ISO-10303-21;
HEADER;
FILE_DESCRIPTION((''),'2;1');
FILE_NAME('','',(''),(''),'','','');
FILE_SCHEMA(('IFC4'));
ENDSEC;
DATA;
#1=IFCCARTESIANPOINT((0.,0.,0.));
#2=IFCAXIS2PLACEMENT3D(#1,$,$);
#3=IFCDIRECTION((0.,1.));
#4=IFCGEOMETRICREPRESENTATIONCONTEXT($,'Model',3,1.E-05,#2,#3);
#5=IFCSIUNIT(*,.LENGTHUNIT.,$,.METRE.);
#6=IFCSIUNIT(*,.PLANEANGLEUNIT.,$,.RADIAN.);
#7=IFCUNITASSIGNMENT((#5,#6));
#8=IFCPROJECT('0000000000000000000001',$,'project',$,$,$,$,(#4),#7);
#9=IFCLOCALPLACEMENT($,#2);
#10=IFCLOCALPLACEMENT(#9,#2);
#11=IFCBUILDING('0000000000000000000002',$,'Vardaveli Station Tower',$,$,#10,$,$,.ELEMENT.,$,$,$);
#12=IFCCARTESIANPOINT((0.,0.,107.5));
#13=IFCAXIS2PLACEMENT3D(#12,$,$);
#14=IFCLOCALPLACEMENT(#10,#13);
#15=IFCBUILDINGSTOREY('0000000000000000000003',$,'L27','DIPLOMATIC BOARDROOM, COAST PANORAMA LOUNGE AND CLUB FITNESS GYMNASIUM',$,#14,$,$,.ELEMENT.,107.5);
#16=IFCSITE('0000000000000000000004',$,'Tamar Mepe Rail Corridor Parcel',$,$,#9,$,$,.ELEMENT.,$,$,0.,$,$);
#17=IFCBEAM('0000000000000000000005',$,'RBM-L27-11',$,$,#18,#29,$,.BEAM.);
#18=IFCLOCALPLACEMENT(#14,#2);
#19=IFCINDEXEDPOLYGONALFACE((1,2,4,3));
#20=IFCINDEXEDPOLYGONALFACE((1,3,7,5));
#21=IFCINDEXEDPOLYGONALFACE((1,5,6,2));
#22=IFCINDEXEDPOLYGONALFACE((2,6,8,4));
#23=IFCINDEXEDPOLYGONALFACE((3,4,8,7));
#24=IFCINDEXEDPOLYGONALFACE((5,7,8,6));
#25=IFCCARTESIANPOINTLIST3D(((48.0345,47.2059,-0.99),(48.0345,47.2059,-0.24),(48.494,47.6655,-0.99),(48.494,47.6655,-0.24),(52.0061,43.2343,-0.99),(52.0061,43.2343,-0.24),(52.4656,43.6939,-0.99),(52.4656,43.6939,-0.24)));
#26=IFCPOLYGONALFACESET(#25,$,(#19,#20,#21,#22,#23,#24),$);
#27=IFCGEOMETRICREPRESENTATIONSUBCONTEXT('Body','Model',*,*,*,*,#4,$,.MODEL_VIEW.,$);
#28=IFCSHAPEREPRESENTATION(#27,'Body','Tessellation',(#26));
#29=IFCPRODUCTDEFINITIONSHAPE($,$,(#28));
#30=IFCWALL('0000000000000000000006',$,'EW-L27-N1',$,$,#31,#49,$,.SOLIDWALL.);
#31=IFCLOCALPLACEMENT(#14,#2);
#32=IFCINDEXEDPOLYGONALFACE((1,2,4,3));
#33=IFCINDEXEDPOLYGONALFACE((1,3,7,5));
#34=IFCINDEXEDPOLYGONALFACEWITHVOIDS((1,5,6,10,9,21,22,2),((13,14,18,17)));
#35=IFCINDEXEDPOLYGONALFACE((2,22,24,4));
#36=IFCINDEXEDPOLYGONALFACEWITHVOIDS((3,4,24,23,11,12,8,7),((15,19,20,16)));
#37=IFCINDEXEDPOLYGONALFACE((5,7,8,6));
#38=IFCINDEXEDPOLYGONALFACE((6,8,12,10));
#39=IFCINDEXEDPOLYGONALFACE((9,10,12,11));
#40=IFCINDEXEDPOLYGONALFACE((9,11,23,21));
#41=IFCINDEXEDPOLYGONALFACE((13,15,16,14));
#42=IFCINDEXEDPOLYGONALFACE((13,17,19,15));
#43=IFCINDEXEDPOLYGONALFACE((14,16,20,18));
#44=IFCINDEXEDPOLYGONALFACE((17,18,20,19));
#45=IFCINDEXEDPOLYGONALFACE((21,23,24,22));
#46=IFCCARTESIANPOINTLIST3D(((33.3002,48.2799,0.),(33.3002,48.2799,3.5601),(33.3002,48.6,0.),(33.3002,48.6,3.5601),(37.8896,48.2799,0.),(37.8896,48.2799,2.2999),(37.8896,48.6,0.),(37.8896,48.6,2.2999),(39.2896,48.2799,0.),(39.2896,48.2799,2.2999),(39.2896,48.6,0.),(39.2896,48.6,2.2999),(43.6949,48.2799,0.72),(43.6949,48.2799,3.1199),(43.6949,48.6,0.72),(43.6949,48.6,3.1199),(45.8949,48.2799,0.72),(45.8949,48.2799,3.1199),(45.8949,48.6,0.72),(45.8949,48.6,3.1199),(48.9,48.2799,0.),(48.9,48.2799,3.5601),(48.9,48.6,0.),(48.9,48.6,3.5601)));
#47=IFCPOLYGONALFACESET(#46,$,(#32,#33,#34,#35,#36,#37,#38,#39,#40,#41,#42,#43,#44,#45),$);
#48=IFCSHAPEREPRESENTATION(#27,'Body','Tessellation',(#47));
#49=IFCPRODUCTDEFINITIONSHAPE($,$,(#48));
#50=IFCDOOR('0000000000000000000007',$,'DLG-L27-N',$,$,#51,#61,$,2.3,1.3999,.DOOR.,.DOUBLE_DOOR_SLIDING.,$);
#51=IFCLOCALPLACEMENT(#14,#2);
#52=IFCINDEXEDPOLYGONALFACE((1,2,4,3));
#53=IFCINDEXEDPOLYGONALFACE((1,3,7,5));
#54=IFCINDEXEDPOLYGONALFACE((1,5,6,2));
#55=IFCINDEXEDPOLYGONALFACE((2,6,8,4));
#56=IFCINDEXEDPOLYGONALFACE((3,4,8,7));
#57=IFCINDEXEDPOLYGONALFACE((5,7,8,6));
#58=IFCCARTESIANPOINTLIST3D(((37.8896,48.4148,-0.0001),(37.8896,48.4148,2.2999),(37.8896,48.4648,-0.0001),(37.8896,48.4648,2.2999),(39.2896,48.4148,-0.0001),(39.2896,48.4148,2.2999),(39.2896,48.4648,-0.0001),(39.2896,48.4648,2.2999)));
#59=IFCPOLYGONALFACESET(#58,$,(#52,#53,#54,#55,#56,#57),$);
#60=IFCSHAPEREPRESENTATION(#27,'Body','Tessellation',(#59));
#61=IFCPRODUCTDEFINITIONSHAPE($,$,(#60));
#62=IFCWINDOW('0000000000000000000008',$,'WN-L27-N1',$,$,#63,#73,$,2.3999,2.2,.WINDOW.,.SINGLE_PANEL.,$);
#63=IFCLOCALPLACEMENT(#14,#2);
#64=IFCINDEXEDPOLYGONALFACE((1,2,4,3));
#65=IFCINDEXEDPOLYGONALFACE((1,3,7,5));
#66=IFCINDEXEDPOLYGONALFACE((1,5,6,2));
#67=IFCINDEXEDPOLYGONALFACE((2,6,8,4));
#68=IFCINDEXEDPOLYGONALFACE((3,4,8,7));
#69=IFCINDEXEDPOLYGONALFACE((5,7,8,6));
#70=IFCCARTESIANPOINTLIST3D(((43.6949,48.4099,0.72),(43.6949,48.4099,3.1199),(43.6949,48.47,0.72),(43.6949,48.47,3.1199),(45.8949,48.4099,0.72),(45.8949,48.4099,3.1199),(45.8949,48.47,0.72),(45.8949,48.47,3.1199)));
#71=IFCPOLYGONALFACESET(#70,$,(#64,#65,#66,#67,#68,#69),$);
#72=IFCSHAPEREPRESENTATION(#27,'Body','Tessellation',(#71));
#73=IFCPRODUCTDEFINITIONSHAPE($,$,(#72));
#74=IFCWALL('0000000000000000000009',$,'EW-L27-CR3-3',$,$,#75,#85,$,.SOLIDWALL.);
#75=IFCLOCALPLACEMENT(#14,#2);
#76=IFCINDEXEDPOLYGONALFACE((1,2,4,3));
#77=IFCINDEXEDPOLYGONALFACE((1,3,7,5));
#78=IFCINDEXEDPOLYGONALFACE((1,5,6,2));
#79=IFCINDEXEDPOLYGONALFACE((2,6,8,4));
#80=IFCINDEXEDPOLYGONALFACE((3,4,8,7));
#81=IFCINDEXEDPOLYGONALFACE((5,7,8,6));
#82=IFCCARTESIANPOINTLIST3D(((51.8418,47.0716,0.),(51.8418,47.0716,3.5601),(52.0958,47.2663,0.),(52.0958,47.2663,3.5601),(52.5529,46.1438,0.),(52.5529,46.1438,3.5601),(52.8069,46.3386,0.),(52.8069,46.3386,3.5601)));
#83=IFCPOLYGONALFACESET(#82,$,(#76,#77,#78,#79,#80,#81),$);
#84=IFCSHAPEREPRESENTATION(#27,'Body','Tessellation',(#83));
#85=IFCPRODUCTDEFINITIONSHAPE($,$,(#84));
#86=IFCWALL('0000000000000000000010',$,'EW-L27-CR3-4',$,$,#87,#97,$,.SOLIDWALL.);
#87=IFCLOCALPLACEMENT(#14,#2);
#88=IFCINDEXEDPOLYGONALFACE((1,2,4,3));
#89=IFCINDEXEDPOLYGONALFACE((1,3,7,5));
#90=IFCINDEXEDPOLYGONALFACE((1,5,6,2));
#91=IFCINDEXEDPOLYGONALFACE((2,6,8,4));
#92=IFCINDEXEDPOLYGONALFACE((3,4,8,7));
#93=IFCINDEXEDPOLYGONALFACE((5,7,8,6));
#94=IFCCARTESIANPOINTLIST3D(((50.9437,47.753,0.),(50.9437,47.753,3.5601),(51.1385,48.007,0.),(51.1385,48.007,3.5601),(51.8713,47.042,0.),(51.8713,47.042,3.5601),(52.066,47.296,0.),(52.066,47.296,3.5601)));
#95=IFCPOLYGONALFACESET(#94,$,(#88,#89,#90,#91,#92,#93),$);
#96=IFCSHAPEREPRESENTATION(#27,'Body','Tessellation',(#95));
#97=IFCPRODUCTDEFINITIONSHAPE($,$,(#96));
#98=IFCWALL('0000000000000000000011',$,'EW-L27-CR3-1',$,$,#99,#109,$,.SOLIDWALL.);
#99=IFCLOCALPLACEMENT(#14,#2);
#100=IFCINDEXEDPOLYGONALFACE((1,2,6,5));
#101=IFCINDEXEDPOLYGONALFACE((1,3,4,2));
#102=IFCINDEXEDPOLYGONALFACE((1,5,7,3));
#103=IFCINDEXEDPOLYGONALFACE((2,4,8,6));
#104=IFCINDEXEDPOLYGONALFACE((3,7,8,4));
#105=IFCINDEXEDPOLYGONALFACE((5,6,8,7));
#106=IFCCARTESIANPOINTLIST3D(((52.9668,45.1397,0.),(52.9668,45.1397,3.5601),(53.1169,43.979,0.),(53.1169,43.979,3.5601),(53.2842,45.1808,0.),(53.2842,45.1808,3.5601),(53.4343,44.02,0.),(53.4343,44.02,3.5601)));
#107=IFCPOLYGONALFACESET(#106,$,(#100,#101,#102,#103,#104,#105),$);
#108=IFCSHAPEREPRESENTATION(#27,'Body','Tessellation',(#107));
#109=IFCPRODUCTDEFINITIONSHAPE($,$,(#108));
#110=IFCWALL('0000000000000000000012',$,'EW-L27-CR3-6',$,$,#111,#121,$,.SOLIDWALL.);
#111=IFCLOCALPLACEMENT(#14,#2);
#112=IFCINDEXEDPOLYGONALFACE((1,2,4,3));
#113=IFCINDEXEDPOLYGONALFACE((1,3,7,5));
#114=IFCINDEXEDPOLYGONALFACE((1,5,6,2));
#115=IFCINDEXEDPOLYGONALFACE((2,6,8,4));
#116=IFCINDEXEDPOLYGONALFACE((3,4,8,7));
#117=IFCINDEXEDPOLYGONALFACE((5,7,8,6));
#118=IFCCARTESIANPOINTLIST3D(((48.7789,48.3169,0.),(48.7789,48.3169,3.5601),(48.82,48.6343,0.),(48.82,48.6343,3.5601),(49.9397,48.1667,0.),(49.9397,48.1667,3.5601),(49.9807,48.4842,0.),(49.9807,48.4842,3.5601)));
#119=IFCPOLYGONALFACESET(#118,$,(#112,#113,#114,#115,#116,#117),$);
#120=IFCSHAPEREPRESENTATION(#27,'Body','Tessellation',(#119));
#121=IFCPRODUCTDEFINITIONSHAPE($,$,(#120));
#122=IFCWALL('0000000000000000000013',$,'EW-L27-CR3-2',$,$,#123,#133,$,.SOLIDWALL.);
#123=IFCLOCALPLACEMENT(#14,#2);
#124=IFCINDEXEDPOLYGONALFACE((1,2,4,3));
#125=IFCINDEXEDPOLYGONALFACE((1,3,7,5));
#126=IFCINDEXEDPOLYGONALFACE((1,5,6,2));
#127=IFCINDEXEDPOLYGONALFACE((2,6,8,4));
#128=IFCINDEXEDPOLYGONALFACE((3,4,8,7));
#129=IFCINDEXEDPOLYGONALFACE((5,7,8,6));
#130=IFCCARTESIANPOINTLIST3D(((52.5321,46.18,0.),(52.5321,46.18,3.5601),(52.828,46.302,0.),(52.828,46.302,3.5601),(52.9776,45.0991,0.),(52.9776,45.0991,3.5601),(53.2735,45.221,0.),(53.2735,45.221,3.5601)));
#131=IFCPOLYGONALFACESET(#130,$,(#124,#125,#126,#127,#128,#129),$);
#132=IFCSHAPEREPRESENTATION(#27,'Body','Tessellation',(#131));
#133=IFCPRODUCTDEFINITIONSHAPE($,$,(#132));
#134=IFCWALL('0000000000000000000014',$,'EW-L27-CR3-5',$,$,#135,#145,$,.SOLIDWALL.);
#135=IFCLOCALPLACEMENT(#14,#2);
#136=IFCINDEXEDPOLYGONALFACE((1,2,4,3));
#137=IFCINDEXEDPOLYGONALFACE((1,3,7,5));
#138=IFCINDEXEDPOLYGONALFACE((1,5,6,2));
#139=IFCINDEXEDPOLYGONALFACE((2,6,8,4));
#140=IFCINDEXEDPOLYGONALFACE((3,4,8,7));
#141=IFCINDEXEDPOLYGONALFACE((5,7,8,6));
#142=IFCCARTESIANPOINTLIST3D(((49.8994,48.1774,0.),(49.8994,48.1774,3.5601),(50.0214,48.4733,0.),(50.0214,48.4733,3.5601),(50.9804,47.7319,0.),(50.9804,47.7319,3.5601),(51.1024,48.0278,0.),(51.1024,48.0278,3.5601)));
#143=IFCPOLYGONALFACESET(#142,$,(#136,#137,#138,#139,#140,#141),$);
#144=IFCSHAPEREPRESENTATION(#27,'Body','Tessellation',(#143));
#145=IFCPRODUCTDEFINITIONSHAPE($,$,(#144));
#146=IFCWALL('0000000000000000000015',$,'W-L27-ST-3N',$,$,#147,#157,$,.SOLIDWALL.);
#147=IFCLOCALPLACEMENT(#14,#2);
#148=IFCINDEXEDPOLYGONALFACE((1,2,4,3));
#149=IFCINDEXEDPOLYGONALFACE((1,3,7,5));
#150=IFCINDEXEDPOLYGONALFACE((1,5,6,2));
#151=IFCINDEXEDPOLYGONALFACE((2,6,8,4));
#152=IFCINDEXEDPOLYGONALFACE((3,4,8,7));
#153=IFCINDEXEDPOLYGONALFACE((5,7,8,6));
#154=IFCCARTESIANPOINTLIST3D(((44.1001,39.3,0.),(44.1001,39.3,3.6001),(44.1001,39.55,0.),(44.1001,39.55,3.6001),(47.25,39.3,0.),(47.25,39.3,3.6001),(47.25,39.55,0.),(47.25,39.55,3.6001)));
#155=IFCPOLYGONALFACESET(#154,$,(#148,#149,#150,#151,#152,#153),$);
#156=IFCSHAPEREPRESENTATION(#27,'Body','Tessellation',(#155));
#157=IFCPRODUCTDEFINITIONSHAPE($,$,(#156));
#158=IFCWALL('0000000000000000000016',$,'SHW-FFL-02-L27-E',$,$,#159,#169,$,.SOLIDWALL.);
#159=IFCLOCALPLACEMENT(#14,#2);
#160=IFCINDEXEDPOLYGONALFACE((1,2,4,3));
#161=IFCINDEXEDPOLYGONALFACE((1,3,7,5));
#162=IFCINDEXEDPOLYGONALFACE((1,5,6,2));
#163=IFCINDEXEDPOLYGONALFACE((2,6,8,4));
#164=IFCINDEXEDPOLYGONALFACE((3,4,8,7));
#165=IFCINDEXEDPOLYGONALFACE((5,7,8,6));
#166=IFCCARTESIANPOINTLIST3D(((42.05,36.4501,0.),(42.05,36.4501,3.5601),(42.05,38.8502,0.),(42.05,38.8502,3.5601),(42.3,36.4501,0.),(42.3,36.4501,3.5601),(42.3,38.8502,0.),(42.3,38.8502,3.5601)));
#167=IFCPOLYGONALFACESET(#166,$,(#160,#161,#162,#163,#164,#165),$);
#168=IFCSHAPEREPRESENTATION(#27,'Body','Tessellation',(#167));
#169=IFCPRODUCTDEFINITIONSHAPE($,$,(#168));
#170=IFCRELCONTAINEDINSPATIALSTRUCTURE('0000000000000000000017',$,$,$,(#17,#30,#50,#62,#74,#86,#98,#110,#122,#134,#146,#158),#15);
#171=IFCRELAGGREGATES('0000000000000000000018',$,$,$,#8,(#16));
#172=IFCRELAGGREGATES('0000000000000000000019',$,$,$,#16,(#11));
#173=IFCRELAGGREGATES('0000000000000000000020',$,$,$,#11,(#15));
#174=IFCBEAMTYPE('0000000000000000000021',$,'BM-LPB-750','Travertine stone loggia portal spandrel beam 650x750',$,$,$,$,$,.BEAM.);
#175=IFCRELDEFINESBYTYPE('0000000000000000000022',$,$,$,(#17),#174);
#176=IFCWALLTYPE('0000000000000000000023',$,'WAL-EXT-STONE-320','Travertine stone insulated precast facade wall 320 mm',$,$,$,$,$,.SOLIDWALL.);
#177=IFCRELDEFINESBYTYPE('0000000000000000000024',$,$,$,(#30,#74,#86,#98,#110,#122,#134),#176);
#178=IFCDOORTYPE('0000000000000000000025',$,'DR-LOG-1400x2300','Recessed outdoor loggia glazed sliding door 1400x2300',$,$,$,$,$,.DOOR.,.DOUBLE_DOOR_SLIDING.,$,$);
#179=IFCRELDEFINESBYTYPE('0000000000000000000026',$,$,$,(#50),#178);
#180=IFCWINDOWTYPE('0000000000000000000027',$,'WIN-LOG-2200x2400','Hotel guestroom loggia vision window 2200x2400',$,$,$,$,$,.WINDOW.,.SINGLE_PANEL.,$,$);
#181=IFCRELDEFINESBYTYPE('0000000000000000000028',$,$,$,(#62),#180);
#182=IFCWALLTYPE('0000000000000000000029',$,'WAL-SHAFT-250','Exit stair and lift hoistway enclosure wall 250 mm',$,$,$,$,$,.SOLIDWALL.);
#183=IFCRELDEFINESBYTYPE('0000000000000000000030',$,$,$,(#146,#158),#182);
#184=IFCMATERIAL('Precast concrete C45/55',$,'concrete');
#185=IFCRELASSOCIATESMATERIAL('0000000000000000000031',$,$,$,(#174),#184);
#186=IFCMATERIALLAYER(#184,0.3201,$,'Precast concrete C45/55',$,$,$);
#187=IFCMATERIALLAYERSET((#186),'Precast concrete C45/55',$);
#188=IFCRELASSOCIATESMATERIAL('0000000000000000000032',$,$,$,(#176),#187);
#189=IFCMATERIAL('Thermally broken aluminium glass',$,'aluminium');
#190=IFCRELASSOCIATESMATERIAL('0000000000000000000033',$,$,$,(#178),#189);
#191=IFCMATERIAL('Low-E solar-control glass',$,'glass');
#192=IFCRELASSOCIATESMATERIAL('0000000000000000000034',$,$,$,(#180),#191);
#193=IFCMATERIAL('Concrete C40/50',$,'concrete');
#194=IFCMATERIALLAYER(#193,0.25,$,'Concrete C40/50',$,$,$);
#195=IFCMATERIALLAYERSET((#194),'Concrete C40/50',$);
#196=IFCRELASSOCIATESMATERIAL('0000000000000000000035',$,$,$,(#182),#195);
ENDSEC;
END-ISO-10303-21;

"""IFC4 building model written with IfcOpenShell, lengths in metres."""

from ifc_helpers import new_model, si_unit, direction, frame, frame_2d, origin, origin_2d, place, context, subcontext, project, spatial, rectangle, extrude, source, transform, mapped, material, layer, layer_set, material_profile, profile_set, type_object, element, fill, save


model = new_model("IFC4")

# Units and contexts
model_context = context("Model", 3, precision=1e-05, world=origin(), true_north=direction((0.0, 1.0)))
body_context = subcontext(model_context, "Body", "Model", "MODEL_VIEW")
ifc_project = project(units=[si_unit("LENGTHUNIT", "METRE"), si_unit("PLANEANGLEUNIT", "RADIAN")], contexts=[model_context])

# Site, building, storey
site_placement = place(None, origin())
site = spatial("IfcSite", under=ifc_project, at=site_placement, Name="Tamar Mepe Rail Corridor Parcel", CompositionType="ELEMENT", RefElevation=0.0)
building_placement = place(site_placement, origin())
building = spatial("IfcBuilding", under=site, at=building_placement, Name="Vardaveli Station Tower", CompositionType="ELEMENT")
storey_placement = place(building_placement, frame((0.0, 0.0, 107.5)))
storey = spatial("IfcBuildingStorey", under=building, at=storey_placement, Name="L27", Description="DIPLOMATIC BOARDROOM, COAST PANORAMA LOUNGE AND CLUB FITNESS GYMNASIUM", CompositionType="ELEMENT", Elevation=107.5)

# Beam
ifc_material_1 = material(Name="Precast concrete C45/55", Category="concrete")
ifc_material_profile_1 = material_profile(ifc_material_1, rectangle(XDim=0.6499, YDim=0.75, at=origin_2d()), Name="LPB 650x750")
ifc_profile_set_1 = profile_set([ifc_material_profile_1], Name="Precast concrete C45/55")
beam_type = type_object("IfcBeamType", Name="BM-LPB-750", Description="Travertine stone loggia portal spandrel beam 650x750", PredefinedType="BEAM", material=ifc_profile_set_1)
shared_shape_1 = source(origin(), body_context, "Body", "SweptSolid", [
    extrude(rectangle(XDim=0.6499, YDim=0.75, at=origin_2d()), origin(), (0.0, 0.0, 1.0), 5.6167),
])
beam_placement = place(storey_placement, frame((52.2358, 43.4641, -0.615), z_axis=(-0.707107, 0.707107, 0.0), x_axis=(-0.707107, -0.707107, 0.0)))
element("IfcBeam", 1, at=beam_placement, inside=storey, type_object=beam_type, Name="RBM-L27-11", PredefinedType="BEAM", context=body_context, shape_type="MappedRepresentation", body=[
    mapped(shared_shape_1, transform((0.0, 0.0, 0.0), scale=1.0)),
])

# Wall, openings, door, window
ifc_layer_1 = layer(ifc_material_1, 0.3201, Name="Precast concrete C45/55")
ifc_layer_set_1 = layer_set([ifc_layer_1], Name="Precast concrete C45/55")
wall_type_1 = type_object("IfcWallType", Name="WAL-EXT-STONE-320", Description="Travertine stone insulated precast facade wall 320 mm", PredefinedType="SOLIDWALL", material=ifc_layer_set_1)
shared_shape_2 = source(origin(), body_context, "Body", "SweptSolid", [
    extrude(rectangle(XDim=15.5999, YDim=0.3201, at=frame_2d((7.7998, 0.0))), origin(), (0.0, 0.0, 1.0), 3.5601),
])
wall_1_placement = place(storey_placement, frame((48.8999, 48.4399, 0.0), z_axis=(0.0, 0.0, 1.0), x_axis=(-1.0, 0.0, 0.0)))
wall_1 = element("IfcWall", 2, at=wall_1_placement, inside=storey, type_object=wall_type_1, Name="EW-L27-N1", PredefinedType="SOLIDWALL", context=body_context, shape_type="MappedRepresentation", body=[
    mapped(shared_shape_2, transform((0.0, 0.0, 0.0), scale=1.0)),
])
shared_shape_3 = source(origin(), body_context, "Body", "SweptSolid", [
    extrude(rectangle(XDim=1.3999, YDim=2.3, at=frame_2d((0.7, 1.1499))), frame((0.0, 0.1699, 0.0), z_axis=(0.0, -1.0, 0.0), x_axis=(1.0, 0.0, 0.0)), (0.0, 0.0, 1.0), 0.3401),
])
opening_1_placement = place(wall_1_placement, frame((9.6104, 0.0, 0.0)))
opening_1 = element("IfcOpeningElement", 3, at=opening_1_placement, cuts=wall_1, PredefinedType="OPENING", context=body_context, shape_type="MappedRepresentation", body=[
    mapped(shared_shape_3, transform((0.0, 0.0, 0.0), scale=1.0)),
])
shared_shape_4 = source(origin(), body_context, "Body", "SweptSolid", [
    extrude(rectangle(XDim=2.2, YDim=2.3999, at=frame_2d((1.1001, 1.2))), frame((0.0, 0.1699, 0.0), z_axis=(0.0, -1.0, 0.0), x_axis=(1.0, 0.0, 0.0)), (0.0, 0.0, 1.0), 0.3401),
])
opening_2_placement = place(wall_1_placement, frame((3.0049, 0.0, 0.72)))
opening_2 = element("IfcOpeningElement", 4, at=opening_2_placement, cuts=wall_1, PredefinedType="OPENING", context=body_context, shape_type="MappedRepresentation", body=[
    mapped(shared_shape_4, transform((0.0, 0.0, 0.0), scale=1.0)),
])
ifc_material_2 = material(Name="Thermally broken aluminium glass", Category="aluminium")
door_type = type_object("IfcDoorType", Name="DR-LOG-1400x2300", Description="Recessed outdoor loggia glazed sliding door 1400x2300", OperationType="DOUBLE_DOOR_SLIDING", PredefinedType="DOOR", material=ifc_material_2)
shared_shape_5 = source(origin(), body_context, "Body", "SweptSolid", [
    extrude(rectangle(XDim=1.3999, YDim=2.3, at=frame_2d((0.7, 1.1499))), frame((0.0, 0.0249, 0.0), z_axis=(0.0, -1.0, 0.0), x_axis=(1.0, 0.0, 0.0)), (0.0, 0.0, 1.0), 0.05),
])
door_placement = place(opening_1_placement, frame((1.3999, 0.0, 0.0), z_axis=(0.0, 0.0, 1.0), x_axis=(-1.0, 0.0, 0.0)))
door = element("IfcDoor", 5, at=door_placement, inside=storey, type_object=door_type, Name="DLG-L27-N", OperationType="DOUBLE_DOOR_SLIDING", OverallHeight=2.3, OverallWidth=1.3999, PredefinedType="DOOR", context=body_context, shape_type="MappedRepresentation", body=[
    mapped(shared_shape_5, transform((0.0, 0.0, 0.0), scale=1.0)),
])
fill(opening_1, door)
ifc_material_3 = material(Name="Low-E solar-control glass", Category="glass")
window_type = type_object("IfcWindowType", Name="WIN-LOG-2200x2400", Description="Hotel guestroom loggia vision window 2200x2400", PartitioningType="SINGLE_PANEL", PredefinedType="WINDOW", material=ifc_material_3)
shared_shape_6 = source(origin(), body_context, "Body", "SweptSolid", [
    extrude(rectangle(XDim=2.2, YDim=2.3999, at=frame_2d((1.1001, 1.2))), frame((0.0, 0.03, 0.0), z_axis=(0.0, -1.0, 0.0), x_axis=(1.0, 0.0, 0.0)), (0.0, 0.0, 1.0), 0.0601),
])
window_placement = place(opening_2_placement, origin())
window = element("IfcWindow", 6, at=window_placement, inside=storey, type_object=window_type, Name="WN-L27-N1", OverallHeight=2.3999, OverallWidth=2.2, PartitioningType="SINGLE_PANEL", PredefinedType="WINDOW", context=body_context, shape_type="MappedRepresentation", body=[
    mapped(shared_shape_6, transform((0.0, 0.0, 0.0), scale=1.0)),
])
fill(opening_2, window)

# Walls
shared_shape_7 = source(origin(), body_context, "Body", "SweptSolid", [
    extrude(rectangle(XDim=1.1689, YDim=0.3201, at=frame_2d((0.5845, 0.0))), origin(), (0.0, 0.0, 1.0), 3.5601),
])
wall_2_placement = place(storey_placement, frame((52.6799, 46.2412, 0.0), z_axis=(0.0, 0.0, 1.0), x_axis=(-0.608388, 0.79364, 0.0)))
element("IfcWall", 7, at=wall_2_placement, inside=storey, type_object=wall_type_1, Name="EW-L27-CR3-3", PredefinedType="SOLIDWALL", context=body_context, shape_type="MappedRepresentation", body=[
    mapped(shared_shape_7, transform((0.0, 0.0, 0.0), scale=1.0)),
])
shared_shape_8 = source(origin(), body_context, "Body", "SweptSolid", [
    extrude(rectangle(XDim=1.1687, YDim=0.3201, at=frame_2d((0.5845, 0.0))), origin(), (0.0, 0.0, 1.0), 3.5601),
])
wall_3_placement = place(storey_placement, frame((51.9688, 47.1689, 0.0), z_axis=(0.0, 0.0, 1.0), x_axis=(-0.793664, 0.608357, 0.0)))
element("IfcWall", 8, at=wall_3_placement, inside=storey, type_object=wall_type_1, Name="EW-L27-CR3-4", PredefinedType="SOLIDWALL", context=body_context, shape_type="MappedRepresentation", body=[
    mapped(shared_shape_8, transform((0.0, 0.0, 0.0), scale=1.0)),
])
shared_shape_9 = source(origin(), body_context, "Body", "SweptSolid", [
    extrude(rectangle(XDim=1.1704, YDim=0.3201, at=frame_2d((0.5852, 0.0))), origin(), (0.0, 0.0, 1.0), 3.5601),
])
for number, where, z_axis, x_axis, name in (
    (9, (53.2756, 43.9995, 0.0), (0.0, 0.0, 1.0), (-0.128296, 0.991736, 0.0), "EW-L27-CR3-1"),
    (10, (49.9602, 48.3254, 0.0), (0.0, 0.0, 1.0), (-0.991736, 0.128296, 0.0), "EW-L27-CR3-6"),
):
    element("IfcWall", number, at=place(storey_placement, frame(where, z_axis=z_axis, x_axis=x_axis)), inside=storey, type_object=wall_type_1, Name=name, PredefinedType="SOLIDWALL", context=body_context, shape_type="MappedRepresentation", body=[
        mapped(shared_shape_9, transform((0.0, 0.0, 0.0), scale=1.0)),
    ])
shared_shape_10 = source(origin(), body_context, "Body", "SweptSolid", [
    extrude(rectangle(XDim=1.1692, YDim=0.3201, at=frame_2d((0.5845, 0.0))), origin(), (0.0, 0.0, 1.0), 3.5601),
])
for number, where, z_axis, x_axis, name in (
    (11, (53.1255, 45.1602, 0.0), (0.0, 0.0, 1.0), (-0.381054, 0.924553, 0.0), "EW-L27-CR3-2"),
    (12, (51.0413, 47.8799, 0.0), (0.0, 0.0, 1.0), (-0.924553, 0.381054, 0.0), "EW-L27-CR3-5"),
):
    element("IfcWall", number, at=place(storey_placement, frame(where, z_axis=z_axis, x_axis=x_axis)), inside=storey, type_object=wall_type_1, Name=name, PredefinedType="SOLIDWALL", context=body_context, shape_type="MappedRepresentation", body=[
        mapped(shared_shape_10, transform((0.0, 0.0, 0.0), scale=1.0)),
    ])
ifc_material_4 = material(Name="Concrete C40/50", Category="concrete")
ifc_layer_2 = layer(ifc_material_4, 0.25, Name="Concrete C40/50")
ifc_layer_set_2 = layer_set([ifc_layer_2], Name="Concrete C40/50")
wall_type_2 = type_object("IfcWallType", Name="WAL-SHAFT-250", Description="Exit stair and lift hoistway enclosure wall 250 mm", PredefinedType="SOLIDWALL", material=ifc_layer_set_2)
shared_shape_11 = source(origin(), body_context, "Body", "SweptSolid", [
    extrude(rectangle(XDim=3.1499, YDim=0.25, at=frame_2d((1.575, 0.0))), origin(), (0.0, 0.0, 1.0), 3.6001),
])
wall_4_placement = place(storey_placement, frame((44.1001, 39.425, 0.0), z_axis=(0.0, 0.0, 1.0), x_axis=(1.0, 0.0, 0.0)))
element("IfcWall", 13, at=wall_4_placement, inside=storey, type_object=wall_type_2, Name="W-L27-ST-3N", PredefinedType="SOLIDWALL", context=body_context, shape_type="MappedRepresentation", body=[
    mapped(shared_shape_11, transform((0.0, 0.0, 0.0), scale=1.0)),
])
shared_shape_12 = source(origin(), body_context, "Body", "SweptSolid", [
    extrude(rectangle(XDim=2.4001, YDim=0.25, at=frame_2d((1.2002, 0.0))), origin(), (0.0, 0.0, 1.0), 3.5601),
])
wall_5_placement = place(storey_placement, frame((42.175, 36.45, 0.0), z_axis=(0.0, 0.0, 1.0), x_axis=(0.0, 1.0, 0.0)))
element("IfcWall", 14, at=wall_5_placement, inside=storey, type_object=wall_type_2, Name="SHW-FFL-02-L27-E", PredefinedType="SOLIDWALL", context=body_context, shape_type="MappedRepresentation", body=[
    mapped(shared_shape_12, transform((0.0, 0.0, 0.0), scale=1.0)),
])

save(model, "model.ifc")
